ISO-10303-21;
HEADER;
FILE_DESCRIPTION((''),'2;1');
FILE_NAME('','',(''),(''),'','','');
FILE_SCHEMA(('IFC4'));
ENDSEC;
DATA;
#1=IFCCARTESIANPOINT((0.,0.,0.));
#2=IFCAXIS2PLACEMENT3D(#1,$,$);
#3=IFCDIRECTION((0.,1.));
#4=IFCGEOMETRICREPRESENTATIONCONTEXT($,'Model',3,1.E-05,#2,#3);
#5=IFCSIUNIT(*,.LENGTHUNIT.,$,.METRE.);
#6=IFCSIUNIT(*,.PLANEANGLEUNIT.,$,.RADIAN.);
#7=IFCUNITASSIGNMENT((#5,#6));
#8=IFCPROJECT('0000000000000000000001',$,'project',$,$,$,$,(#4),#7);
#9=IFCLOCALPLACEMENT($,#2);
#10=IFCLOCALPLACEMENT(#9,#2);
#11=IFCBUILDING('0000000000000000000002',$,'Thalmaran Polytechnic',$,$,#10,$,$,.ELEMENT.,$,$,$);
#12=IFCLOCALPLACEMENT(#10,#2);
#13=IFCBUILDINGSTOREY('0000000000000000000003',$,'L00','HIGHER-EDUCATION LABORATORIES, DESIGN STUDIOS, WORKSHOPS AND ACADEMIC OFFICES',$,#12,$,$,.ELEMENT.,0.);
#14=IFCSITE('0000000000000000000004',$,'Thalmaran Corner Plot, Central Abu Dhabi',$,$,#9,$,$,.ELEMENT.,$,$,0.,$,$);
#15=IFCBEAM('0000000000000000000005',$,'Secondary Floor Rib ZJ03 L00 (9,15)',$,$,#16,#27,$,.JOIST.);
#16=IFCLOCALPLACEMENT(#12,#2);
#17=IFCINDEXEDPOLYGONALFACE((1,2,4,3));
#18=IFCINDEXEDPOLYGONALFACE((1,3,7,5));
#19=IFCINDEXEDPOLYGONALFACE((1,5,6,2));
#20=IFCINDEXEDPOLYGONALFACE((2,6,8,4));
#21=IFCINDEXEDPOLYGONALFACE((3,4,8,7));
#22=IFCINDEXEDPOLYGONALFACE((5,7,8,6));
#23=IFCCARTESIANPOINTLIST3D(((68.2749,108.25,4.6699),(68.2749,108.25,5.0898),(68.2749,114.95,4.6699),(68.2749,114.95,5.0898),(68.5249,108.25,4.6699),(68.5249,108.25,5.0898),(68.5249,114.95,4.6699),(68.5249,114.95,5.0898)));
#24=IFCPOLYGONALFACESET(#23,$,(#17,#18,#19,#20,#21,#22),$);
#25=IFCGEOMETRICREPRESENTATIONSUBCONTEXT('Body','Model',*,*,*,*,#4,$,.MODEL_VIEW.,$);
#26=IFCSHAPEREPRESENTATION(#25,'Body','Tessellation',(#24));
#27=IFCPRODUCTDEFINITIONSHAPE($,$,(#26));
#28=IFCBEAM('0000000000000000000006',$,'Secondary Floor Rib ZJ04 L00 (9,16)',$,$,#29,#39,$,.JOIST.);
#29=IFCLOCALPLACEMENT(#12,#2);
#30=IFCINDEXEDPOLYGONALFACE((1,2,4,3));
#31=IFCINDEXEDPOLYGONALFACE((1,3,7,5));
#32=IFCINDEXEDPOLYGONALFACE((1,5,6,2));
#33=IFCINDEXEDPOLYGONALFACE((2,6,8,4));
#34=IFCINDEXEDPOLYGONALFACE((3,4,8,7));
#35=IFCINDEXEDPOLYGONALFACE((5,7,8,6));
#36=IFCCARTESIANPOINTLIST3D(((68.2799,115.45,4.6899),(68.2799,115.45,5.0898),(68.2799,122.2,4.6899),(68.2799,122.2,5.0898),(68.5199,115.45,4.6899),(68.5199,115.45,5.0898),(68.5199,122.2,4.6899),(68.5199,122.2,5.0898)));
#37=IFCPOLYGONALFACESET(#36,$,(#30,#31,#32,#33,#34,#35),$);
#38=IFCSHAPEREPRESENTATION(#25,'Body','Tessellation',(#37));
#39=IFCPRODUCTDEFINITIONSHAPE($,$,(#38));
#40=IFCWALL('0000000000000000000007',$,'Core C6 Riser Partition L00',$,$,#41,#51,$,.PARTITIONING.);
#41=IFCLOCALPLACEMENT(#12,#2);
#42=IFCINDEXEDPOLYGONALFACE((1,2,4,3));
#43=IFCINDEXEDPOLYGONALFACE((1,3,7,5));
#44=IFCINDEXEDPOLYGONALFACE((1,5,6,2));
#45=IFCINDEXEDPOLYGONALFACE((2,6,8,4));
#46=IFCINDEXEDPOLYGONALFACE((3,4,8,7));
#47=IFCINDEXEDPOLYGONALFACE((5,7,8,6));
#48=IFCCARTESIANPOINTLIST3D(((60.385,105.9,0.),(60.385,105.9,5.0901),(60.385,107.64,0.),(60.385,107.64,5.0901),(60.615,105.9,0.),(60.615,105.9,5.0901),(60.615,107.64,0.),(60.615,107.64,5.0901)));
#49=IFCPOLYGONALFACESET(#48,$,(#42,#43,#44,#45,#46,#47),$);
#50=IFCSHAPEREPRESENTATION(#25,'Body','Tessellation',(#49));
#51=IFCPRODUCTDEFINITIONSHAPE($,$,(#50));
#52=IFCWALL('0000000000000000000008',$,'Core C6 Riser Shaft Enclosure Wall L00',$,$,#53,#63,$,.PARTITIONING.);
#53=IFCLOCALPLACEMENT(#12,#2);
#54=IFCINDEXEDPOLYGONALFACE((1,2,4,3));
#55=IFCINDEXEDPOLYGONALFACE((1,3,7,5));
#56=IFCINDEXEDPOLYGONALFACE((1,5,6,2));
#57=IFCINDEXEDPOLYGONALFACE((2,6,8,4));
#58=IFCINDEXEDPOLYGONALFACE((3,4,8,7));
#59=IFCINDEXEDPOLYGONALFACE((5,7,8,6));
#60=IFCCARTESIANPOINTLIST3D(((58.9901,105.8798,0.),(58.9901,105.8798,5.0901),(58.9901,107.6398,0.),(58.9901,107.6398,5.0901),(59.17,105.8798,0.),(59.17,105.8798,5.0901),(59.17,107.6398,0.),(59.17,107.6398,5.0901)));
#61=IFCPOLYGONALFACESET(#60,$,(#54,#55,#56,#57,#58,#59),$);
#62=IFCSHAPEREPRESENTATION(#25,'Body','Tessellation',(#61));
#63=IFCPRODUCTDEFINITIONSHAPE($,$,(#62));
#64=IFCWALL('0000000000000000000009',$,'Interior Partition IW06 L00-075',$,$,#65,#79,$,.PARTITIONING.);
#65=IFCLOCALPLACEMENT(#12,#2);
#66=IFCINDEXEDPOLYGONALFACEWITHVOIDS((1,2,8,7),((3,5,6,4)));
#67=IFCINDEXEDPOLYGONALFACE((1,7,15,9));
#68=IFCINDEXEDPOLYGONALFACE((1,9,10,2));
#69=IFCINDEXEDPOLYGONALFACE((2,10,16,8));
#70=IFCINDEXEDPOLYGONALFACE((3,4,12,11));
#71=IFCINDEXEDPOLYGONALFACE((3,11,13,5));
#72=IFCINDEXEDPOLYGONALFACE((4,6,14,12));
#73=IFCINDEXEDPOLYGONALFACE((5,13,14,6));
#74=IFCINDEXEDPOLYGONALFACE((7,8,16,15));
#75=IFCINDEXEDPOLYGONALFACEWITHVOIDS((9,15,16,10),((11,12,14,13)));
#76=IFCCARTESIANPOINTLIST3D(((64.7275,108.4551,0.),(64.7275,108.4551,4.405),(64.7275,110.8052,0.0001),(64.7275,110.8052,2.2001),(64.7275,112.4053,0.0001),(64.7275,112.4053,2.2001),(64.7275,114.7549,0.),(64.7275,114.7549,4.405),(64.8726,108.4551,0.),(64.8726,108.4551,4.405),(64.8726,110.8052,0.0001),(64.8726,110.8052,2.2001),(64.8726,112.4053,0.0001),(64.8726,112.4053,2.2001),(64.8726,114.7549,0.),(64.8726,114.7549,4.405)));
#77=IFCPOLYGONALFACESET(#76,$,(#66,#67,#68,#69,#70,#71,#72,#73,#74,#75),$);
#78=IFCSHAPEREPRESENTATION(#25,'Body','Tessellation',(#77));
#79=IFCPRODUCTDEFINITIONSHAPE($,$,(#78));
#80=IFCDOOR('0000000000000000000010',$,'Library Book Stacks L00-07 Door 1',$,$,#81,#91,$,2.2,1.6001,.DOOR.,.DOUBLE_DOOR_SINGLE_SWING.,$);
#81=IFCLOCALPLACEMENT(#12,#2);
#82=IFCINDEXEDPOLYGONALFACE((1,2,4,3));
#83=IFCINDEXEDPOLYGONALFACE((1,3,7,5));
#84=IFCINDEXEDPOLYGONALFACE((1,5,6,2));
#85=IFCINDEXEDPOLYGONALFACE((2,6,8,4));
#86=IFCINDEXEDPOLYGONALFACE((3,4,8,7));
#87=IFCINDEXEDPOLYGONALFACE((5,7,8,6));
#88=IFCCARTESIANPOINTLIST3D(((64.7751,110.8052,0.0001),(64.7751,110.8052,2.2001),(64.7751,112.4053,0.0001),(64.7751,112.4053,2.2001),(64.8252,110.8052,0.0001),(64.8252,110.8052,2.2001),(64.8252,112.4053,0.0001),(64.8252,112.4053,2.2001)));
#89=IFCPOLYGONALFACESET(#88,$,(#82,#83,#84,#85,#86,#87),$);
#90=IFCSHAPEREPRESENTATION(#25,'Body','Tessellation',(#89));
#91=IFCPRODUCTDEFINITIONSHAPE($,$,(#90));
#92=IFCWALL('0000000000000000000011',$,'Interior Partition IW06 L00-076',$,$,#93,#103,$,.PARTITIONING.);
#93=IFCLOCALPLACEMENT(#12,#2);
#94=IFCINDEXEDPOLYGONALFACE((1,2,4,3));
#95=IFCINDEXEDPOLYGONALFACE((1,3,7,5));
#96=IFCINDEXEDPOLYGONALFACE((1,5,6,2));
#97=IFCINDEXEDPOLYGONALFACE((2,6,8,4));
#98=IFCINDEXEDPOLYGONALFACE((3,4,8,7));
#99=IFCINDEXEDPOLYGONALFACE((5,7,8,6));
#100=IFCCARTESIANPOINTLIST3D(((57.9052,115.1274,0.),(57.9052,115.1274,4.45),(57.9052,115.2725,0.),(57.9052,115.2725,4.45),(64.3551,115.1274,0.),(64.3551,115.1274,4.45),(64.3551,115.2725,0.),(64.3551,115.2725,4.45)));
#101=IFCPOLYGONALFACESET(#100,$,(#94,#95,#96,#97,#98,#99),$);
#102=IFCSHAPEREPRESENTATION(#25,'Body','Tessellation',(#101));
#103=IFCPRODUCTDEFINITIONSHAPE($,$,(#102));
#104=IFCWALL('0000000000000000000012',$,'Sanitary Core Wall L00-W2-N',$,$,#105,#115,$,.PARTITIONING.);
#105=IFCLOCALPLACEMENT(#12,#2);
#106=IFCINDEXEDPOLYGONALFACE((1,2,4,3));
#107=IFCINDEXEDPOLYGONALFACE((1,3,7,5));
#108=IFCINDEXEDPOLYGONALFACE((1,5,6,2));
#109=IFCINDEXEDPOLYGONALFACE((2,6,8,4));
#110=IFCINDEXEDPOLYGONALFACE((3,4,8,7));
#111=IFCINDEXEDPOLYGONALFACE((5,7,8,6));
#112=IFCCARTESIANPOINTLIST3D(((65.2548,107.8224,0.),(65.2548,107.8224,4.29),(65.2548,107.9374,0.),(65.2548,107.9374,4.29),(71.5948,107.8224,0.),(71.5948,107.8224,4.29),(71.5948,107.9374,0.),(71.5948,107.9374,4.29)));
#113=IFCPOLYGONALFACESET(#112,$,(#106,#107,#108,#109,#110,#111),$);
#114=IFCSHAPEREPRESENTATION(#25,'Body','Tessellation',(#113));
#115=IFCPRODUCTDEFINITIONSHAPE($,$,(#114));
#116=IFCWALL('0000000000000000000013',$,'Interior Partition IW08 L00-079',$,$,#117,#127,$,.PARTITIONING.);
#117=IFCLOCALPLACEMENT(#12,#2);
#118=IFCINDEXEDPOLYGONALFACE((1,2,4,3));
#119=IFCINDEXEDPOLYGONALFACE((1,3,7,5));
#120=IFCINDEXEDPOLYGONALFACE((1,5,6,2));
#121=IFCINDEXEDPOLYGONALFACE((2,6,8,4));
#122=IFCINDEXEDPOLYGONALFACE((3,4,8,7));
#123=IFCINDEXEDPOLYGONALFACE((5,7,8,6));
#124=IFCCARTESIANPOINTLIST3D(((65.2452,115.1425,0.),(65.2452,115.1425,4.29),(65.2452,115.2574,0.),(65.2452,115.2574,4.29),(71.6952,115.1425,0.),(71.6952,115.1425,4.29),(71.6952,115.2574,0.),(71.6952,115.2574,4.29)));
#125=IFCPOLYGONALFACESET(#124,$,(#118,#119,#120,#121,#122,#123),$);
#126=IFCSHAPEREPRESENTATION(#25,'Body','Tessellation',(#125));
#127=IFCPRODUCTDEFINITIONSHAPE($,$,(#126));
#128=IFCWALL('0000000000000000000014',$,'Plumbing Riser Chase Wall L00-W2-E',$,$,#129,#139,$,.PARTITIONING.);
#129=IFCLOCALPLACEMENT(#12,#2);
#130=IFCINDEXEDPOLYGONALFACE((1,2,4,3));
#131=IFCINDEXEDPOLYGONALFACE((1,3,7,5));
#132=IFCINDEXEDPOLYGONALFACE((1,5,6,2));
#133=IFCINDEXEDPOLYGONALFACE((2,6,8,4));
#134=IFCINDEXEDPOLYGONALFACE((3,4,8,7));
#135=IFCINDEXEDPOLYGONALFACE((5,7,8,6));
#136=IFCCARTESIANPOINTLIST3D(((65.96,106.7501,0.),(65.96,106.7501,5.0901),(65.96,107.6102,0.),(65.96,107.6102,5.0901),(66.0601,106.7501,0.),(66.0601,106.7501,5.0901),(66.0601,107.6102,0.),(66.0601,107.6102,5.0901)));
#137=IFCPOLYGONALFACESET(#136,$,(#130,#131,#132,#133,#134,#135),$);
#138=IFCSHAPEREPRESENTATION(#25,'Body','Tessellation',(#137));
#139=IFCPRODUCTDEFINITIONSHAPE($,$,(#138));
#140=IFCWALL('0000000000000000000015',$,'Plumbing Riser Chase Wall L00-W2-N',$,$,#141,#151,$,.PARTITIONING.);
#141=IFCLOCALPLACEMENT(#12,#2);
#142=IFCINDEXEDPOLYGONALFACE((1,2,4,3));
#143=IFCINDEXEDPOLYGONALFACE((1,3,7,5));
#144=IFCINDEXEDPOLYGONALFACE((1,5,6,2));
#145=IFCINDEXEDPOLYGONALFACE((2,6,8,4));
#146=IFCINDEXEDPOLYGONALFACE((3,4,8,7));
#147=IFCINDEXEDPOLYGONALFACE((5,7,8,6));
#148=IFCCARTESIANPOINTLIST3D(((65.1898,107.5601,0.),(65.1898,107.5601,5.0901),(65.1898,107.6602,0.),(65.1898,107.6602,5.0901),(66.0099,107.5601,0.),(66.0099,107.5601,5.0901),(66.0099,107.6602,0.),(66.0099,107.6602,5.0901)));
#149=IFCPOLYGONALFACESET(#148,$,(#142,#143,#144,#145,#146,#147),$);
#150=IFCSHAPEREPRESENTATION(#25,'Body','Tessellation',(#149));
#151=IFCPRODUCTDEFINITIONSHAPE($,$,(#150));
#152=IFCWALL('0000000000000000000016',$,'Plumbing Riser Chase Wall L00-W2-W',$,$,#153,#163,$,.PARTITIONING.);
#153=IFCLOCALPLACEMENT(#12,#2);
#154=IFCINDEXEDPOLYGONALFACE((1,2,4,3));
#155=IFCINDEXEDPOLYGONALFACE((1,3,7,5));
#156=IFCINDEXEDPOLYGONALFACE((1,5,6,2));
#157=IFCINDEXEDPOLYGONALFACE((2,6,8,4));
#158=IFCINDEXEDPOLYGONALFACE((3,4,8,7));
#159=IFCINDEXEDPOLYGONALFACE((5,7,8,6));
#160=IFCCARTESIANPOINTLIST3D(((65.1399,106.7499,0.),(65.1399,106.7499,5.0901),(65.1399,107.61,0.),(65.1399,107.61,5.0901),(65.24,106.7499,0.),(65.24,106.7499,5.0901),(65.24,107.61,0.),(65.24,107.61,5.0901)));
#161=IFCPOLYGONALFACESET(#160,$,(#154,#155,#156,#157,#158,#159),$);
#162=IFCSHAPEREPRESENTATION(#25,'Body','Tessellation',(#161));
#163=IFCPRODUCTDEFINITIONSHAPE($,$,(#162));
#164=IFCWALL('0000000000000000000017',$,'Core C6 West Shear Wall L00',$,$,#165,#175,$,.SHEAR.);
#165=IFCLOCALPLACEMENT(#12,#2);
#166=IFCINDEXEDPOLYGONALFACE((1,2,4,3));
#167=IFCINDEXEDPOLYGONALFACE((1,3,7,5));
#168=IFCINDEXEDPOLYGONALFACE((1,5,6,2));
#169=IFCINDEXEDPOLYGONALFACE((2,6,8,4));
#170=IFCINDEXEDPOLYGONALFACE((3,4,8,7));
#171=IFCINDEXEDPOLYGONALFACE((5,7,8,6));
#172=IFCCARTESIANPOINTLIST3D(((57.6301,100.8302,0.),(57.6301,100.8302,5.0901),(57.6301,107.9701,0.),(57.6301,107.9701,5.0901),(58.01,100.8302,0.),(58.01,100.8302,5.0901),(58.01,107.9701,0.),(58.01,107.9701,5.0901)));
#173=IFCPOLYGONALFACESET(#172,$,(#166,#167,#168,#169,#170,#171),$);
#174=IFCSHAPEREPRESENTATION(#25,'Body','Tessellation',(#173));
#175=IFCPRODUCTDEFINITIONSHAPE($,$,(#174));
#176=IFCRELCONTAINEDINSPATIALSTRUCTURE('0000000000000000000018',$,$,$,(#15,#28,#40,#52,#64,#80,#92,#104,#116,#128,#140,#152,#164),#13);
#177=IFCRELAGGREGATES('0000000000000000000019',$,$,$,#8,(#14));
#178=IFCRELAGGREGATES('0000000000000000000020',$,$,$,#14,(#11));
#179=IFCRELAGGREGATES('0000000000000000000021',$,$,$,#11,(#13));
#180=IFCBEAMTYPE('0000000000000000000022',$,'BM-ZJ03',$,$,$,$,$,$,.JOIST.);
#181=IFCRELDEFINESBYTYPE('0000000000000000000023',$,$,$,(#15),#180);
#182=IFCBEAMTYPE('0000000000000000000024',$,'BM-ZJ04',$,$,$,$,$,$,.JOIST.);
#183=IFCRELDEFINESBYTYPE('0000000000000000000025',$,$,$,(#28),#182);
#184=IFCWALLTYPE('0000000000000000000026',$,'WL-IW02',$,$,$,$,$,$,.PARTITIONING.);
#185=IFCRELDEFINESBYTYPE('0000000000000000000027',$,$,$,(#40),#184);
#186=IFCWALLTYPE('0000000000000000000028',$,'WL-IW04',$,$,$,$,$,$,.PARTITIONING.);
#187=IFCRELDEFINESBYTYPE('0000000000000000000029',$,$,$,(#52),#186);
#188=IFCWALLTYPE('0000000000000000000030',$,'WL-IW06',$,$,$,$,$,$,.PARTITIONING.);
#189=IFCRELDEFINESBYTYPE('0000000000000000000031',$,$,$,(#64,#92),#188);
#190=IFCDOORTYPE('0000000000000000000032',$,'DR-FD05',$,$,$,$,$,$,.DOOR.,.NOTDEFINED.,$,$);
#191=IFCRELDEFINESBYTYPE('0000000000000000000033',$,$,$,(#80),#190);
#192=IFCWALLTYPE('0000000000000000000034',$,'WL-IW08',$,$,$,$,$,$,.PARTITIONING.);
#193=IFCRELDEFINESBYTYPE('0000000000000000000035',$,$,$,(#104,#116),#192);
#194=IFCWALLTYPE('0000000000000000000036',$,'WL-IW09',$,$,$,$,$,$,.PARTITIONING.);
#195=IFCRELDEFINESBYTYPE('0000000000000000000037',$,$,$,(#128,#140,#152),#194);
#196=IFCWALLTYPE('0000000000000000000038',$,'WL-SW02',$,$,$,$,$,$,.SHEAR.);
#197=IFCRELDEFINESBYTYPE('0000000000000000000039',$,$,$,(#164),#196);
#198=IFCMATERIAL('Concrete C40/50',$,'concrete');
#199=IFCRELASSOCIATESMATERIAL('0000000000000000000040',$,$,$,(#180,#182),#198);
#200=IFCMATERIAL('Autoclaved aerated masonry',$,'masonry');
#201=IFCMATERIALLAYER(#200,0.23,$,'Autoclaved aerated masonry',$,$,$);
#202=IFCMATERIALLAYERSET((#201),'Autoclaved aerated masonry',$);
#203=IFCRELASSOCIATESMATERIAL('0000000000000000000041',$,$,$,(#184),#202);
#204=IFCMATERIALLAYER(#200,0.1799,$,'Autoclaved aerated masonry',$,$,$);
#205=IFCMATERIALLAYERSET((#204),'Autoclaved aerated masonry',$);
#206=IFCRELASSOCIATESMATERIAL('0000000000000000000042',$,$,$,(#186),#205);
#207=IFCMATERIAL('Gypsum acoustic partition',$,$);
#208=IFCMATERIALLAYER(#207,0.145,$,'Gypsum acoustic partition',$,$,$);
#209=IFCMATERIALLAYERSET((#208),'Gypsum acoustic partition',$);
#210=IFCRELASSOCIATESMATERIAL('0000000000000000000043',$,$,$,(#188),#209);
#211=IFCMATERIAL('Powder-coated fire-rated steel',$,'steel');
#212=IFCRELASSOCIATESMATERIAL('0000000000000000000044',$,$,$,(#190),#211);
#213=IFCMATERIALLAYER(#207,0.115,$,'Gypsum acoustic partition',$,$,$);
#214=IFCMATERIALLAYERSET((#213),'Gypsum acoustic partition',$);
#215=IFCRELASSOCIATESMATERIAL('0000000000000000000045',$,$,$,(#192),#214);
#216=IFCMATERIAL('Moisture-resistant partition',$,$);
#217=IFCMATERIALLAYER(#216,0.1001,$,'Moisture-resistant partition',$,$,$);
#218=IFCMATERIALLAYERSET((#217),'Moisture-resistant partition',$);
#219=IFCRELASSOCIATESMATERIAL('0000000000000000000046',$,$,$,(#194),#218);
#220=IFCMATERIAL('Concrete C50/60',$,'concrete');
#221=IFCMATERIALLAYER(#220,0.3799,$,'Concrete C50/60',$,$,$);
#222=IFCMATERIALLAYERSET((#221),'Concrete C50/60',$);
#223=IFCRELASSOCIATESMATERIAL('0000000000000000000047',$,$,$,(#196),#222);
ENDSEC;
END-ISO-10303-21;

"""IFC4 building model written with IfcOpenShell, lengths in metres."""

from ifc_helpers import new_model, si_unit, direction, frame, frame_2d, origin, origin_2d, place, context, subcontext, project, spatial, rectangle, extrude, material, layer, layer_set, material_profile, profile_set, type_object, element, fill, save


model = new_model("IFC4")

# Units and contexts
model_context = context("Model", 3, precision=1e-05, world=origin(), true_north=direction((0.0, 1.0)))
body_context = subcontext(model_context, "Body", "Model", "MODEL_VIEW")
ifc_project = project(units=[si_unit("LENGTHUNIT", "METRE"), si_unit("PLANEANGLEUNIT", "RADIAN")], contexts=[model_context])

# Site, building, storey
site_placement = place(None, origin())
site = spatial("IfcSite", under=ifc_project, at=site_placement, Name="Thalmaran Corner Plot, Central Abu Dhabi", CompositionType="ELEMENT", RefElevation=0.0)
building_placement = place(site_placement, origin())
building = spatial("IfcBuilding", under=site, at=building_placement, Name="Thalmaran Polytechnic", CompositionType="ELEMENT")
storey_placement = place(building_placement, origin())
storey = spatial("IfcBuildingStorey", under=building, at=storey_placement, Name="L00", Description="HIGHER-EDUCATION LABORATORIES, DESIGN STUDIOS, WORKSHOPS AND ACADEMIC OFFICES", CompositionType="ELEMENT", Elevation=0.0)

# Shared definitions
ifc_material_1 = material(Name="Concrete C50/60", Category="concrete")

# Beams
ifc_material_2 = material(Name="Concrete C40/50", Category="concrete")
ifc_material_profile_1 = material_profile(ifc_material_2, rectangle(XDim=0.25, YDim=0.4199, at=origin_2d()), Name="RC 250x420")
ifc_profile_set_1 = profile_set([ifc_material_profile_1], Name="Concrete C40/50")
beam_type_1 = type_object("IfcBeamType", Name="BM-ZJ03", PredefinedType="JOIST", material=ifc_profile_set_1)
beam_1_placement = place(storey_placement, frame((68.3999, 108.25, 4.8799), z_axis=(0.0, 1.0, 0.0), x_axis=(-1.0, 0.0, 0.0)))
element("IfcBeam", 1, at=beam_1_placement, inside=storey, type_object=beam_type_1, Name="Secondary Floor Rib ZJ03 L00 (9,15)", PredefinedType="JOIST", context=body_context, shape_type="SweptSolid", body=[
    extrude(rectangle(XDim=0.25, YDim=0.4199, at=origin_2d()), origin(), (0.0, 0.0, 1.0), 6.7),
])
ifc_material_profile_2 = material_profile(ifc_material_2, rectangle(XDim=0.24, YDim=0.3999, at=origin_2d()), Name="RC 240x400")
ifc_profile_set_2 = profile_set([ifc_material_profile_2], Name="Concrete C40/50")
beam_type_2 = type_object("IfcBeamType", Name="BM-ZJ04", PredefinedType="JOIST", material=ifc_profile_set_2)
beam_2_placement = place(storey_placement, frame((68.3999, 115.45, 4.8899), z_axis=(0.0, 1.0, 0.0), x_axis=(-1.0, 0.0, 0.0)))
element("IfcBeam", 2, at=beam_2_placement, inside=storey, type_object=beam_type_2, Name="Secondary Floor Rib ZJ04 L00 (9,16)", PredefinedType="JOIST", context=body_context, shape_type="SweptSolid", body=[
    extrude(rectangle(XDim=0.24, YDim=0.3999, at=origin_2d()), origin(), (0.0, 0.0, 1.0), 6.75),
])

# Walls
ifc_material_3 = material(Name="Autoclaved aerated masonry", Category="masonry")
ifc_layer_1 = layer(ifc_material_3, 0.23, Name="Autoclaved aerated masonry")
ifc_layer_set_1 = layer_set([ifc_layer_1], Name="Autoclaved aerated masonry")
wall_type_1 = type_object("IfcWallType", Name="WL-IW02", PredefinedType="PARTITIONING", material=ifc_layer_set_1)
wall_1_placement = place(storey_placement, frame((60.5, 105.8999, 0.0), z_axis=(0.0, 0.0, 1.0), x_axis=(0.0, 1.0, 0.0)))
element("IfcWall", 3, at=wall_1_placement, inside=storey, type_object=wall_type_1, Name="Core C6 Riser Partition L00", PredefinedType="PARTITIONING", context=body_context, shape_type="SweptSolid", body=[
    extrude(rectangle(XDim=1.74, YDim=0.23, at=frame_2d((0.8701, 0.0))), origin(), (0.0, 0.0, 1.0), 5.0901),
])
ifc_layer_2 = layer(ifc_material_3, 0.1799, Name="Autoclaved aerated masonry")
ifc_layer_set_2 = layer_set([ifc_layer_2], Name="Autoclaved aerated masonry")
wall_type_2 = type_object("IfcWallType", Name="WL-IW04", PredefinedType="PARTITIONING", material=ifc_layer_set_2)
wall_2_placement = place(storey_placement, frame((59.0801, 105.8799, 0.0), z_axis=(0.0, 0.0, 1.0), x_axis=(0.0, 1.0, 0.0)))
element("IfcWall", 4, at=wall_2_placement, inside=storey, type_object=wall_type_2, Name="Core C6 Riser Shaft Enclosure Wall L00", PredefinedType="PARTITIONING", context=body_context, shape_type="SweptSolid", body=[
    extrude(rectangle(XDim=1.76, YDim=0.1799, at=frame_2d((0.8799, 0.0))), origin(), (0.0, 0.0, 1.0), 5.0901),
])

# Wall, opening, door
ifc_material_4 = material(Name="Gypsum acoustic partition")
ifc_layer_3 = layer(ifc_material_4, 0.145, Name="Gypsum acoustic partition")
ifc_layer_set_3 = layer_set([ifc_layer_3], Name="Gypsum acoustic partition")
wall_type_3 = type_object("IfcWallType", Name="WL-IW06", PredefinedType="PARTITIONING", material=ifc_layer_set_3)
wall_3_placement = place(storey_placement, frame((64.8, 108.4551, 0.0), z_axis=(0.0, 0.0, 1.0), x_axis=(0.0, 1.0, 0.0)))
wall_3 = element("IfcWall", 5, at=wall_3_placement, inside=storey, type_object=wall_type_3, Name="Interior Partition IW06 L00-075", PredefinedType="PARTITIONING", context=body_context, shape_type="SweptSolid", body=[
    extrude(rectangle(XDim=6.2998, YDim=0.145, at=frame_2d((3.1499, 0.0))), origin(), (0.0, 0.0, 1.0), 4.405),
])
opening_1_placement = place(wall_3_placement, frame((2.3501, 0.0, 0.0)))
opening_1 = element("IfcOpeningElement", 6, at=opening_1_placement, cuts=wall_3, PredefinedType="OPENING", context=body_context, shape_type="SweptSolid", body=[
    extrude(rectangle(XDim=1.6001, YDim=2.2, at=frame_2d((0.8, 1.1001))), frame((0.0, 0.0825, 0.0), z_axis=(0.0, -1.0, 0.0), x_axis=(1.0, 0.0, 0.0)), (0.0, 0.0, 1.0), 0.165),
])
ifc_material_5 = material(Name="Powder-coated fire-rated steel", Category="steel")
door_type_1 = type_object("IfcDoorType", Name="DR-FD05", OperationType="NOTDEFINED", PredefinedType="DOOR", material=ifc_material_5)
door_1_placement = place(opening_1_placement, origin())
door_1 = element("IfcDoor", 7, at=door_1_placement, inside=storey, type_object=door_type_1, Name="Library Book Stacks L00-07 Door 1", OperationType="DOUBLE_DOOR_SINGLE_SWING", OverallHeight=2.2, OverallWidth=1.6001, PredefinedType="DOOR", context=body_context, shape_type="SweptSolid", body=[
    extrude(rectangle(XDim=1.6001, YDim=2.2, at=frame_2d((0.8, 1.1001))), frame((0.0, 0.0249, 0.0), z_axis=(0.0, -1.0, 0.0), x_axis=(1.0, 0.0, 0.0)), (0.0, 0.0, 1.0), 0.05),
])
fill(opening_1, door_1)

# Walls
wall_4_placement = place(storey_placement, frame((57.905, 115.2, 0.0), z_axis=(0.0, 0.0, 1.0), x_axis=(1.0, 0.0, 0.0)))
element("IfcWall", 8, at=wall_4_placement, inside=storey, type_object=wall_type_3, Name="Interior Partition IW06 L00-076", PredefinedType="PARTITIONING", context=body_context, shape_type="SweptSolid", body=[
    extrude(rectangle(XDim=6.45, YDim=0.145, at=frame_2d((3.2251, 0.0))), origin(), (0.0, 0.0, 1.0), 4.45),
])
ifc_layer_4 = layer(ifc_material_4, 0.115, Name="Gypsum acoustic partition")
ifc_layer_set_4 = layer_set([ifc_layer_4], Name="Gypsum acoustic partition")
wall_type_4 = type_object("IfcWallType", Name="WL-IW08", PredefinedType="PARTITIONING", material=ifc_layer_set_4)
wall_5_placement = place(storey_placement, frame((65.2549, 107.8799, 0.0), z_axis=(0.0, 0.0, 1.0), x_axis=(1.0, 0.0, 0.0)))
element("IfcWall", 9, at=wall_5_placement, inside=storey, type_object=wall_type_4, Name="Sanitary Core Wall L00-W2-N", PredefinedType="PARTITIONING", context=body_context, shape_type="SweptSolid", body=[
    extrude(rectangle(XDim=6.3401, YDim=0.115, at=frame_2d((3.1699, 0.0))), origin(), (0.0, 0.0, 1.0), 4.29),
])
wall_6_placement = place(storey_placement, frame((65.2451, 115.2, 0.0), z_axis=(0.0, 0.0, 1.0), x_axis=(1.0, 0.0, 0.0)))
element("IfcWall", 10, at=wall_6_placement, inside=storey, type_object=wall_type_4, Name="Interior Partition IW08 L00-079", PredefinedType="PARTITIONING", context=body_context, shape_type="SweptSolid", body=[
    extrude(rectangle(XDim=6.45, YDim=0.115, at=frame_2d((3.2251, 0.0))), origin(), (0.0, 0.0, 1.0), 4.29),
])
ifc_material_6 = material(Name="Moisture-resistant partition")
ifc_layer_5 = layer(ifc_material_6, 0.1001, Name="Moisture-resistant partition")
ifc_layer_set_5 = layer_set([ifc_layer_5], Name="Moisture-resistant partition")
wall_type_5 = type_object("IfcWallType", Name="WL-IW09", PredefinedType="PARTITIONING", material=ifc_layer_set_5)
wall_7_placement = place(storey_placement, frame((66.01, 106.75, 0.0), z_axis=(0.0, 0.0, 1.0), x_axis=(0.0, 1.0, 0.0)))
element("IfcWall", 11, at=wall_7_placement, inside=storey, type_object=wall_type_5, Name="Plumbing Riser Chase Wall L00-W2-E", PredefinedType="PARTITIONING", context=body_context, shape_type="SweptSolid", body=[
    extrude(rectangle(XDim=0.8601, YDim=0.1001, at=frame_2d((0.4302, 0.0))), origin(), (0.0, 0.0, 1.0), 5.0901),
])
wall_8_placement = place(storey_placement, frame((66.01, 107.6101, 0.0), z_axis=(0.0, 0.0, 1.0), x_axis=(-1.0, 0.0, 0.0)))
element("IfcWall", 12, at=wall_8_placement, inside=storey, type_object=wall_type_5, Name="Plumbing Riser Chase Wall L00-W2-N", PredefinedType="PARTITIONING", context=body_context, shape_type="SweptSolid", body=[
    extrude(rectangle(XDim=0.8201, YDim=0.1001, at=frame_2d((0.4102, 0.0))), origin(), (0.0, 0.0, 1.0), 5.0901),
])
wall_9_placement = place(storey_placement, frame((65.1899, 107.6101, 0.0), z_axis=(0.0, 0.0, 1.0), x_axis=(0.0, -1.0, 0.0)))
element("IfcWall", 13, at=wall_9_placement, inside=storey, type_object=wall_type_5, Name="Plumbing Riser Chase Wall L00-W2-W", PredefinedType="PARTITIONING", context=body_context, shape_type="SweptSolid", body=[
    extrude(rectangle(XDim=0.8601, YDim=0.1001, at=frame_2d((0.4302, 0.0))), origin(), (0.0, 0.0, 1.0), 5.0901),
])
ifc_layer_6 = layer(ifc_material_1, 0.3799, Name="Concrete C50/60")
ifc_layer_set_6 = layer_set([ifc_layer_6], Name="Concrete C50/60")
wall_type_6 = type_object("IfcWallType", Name="WL-SW02", PredefinedType="SHEAR", material=ifc_layer_set_6)
wall_10_placement = place(storey_placement, frame((57.8201, 107.97, 0.0), z_axis=(0.0, 0.0, 1.0), x_axis=(0.0, -1.0, 0.0)))
element("IfcWall", 14, at=wall_10_placement, inside=storey, type_object=wall_type_6, Name="Core C6 West Shear Wall L00", PredefinedType="SHEAR", context=body_context, shape_type="SweptSolid", body=[
    extrude(rectangle(XDim=7.1399, YDim=0.3799, at=frame_2d((3.5698, 0.0))), origin(), (0.0, 0.0, 1.0), 5.0901),
])

save(model, "model.ifc")
